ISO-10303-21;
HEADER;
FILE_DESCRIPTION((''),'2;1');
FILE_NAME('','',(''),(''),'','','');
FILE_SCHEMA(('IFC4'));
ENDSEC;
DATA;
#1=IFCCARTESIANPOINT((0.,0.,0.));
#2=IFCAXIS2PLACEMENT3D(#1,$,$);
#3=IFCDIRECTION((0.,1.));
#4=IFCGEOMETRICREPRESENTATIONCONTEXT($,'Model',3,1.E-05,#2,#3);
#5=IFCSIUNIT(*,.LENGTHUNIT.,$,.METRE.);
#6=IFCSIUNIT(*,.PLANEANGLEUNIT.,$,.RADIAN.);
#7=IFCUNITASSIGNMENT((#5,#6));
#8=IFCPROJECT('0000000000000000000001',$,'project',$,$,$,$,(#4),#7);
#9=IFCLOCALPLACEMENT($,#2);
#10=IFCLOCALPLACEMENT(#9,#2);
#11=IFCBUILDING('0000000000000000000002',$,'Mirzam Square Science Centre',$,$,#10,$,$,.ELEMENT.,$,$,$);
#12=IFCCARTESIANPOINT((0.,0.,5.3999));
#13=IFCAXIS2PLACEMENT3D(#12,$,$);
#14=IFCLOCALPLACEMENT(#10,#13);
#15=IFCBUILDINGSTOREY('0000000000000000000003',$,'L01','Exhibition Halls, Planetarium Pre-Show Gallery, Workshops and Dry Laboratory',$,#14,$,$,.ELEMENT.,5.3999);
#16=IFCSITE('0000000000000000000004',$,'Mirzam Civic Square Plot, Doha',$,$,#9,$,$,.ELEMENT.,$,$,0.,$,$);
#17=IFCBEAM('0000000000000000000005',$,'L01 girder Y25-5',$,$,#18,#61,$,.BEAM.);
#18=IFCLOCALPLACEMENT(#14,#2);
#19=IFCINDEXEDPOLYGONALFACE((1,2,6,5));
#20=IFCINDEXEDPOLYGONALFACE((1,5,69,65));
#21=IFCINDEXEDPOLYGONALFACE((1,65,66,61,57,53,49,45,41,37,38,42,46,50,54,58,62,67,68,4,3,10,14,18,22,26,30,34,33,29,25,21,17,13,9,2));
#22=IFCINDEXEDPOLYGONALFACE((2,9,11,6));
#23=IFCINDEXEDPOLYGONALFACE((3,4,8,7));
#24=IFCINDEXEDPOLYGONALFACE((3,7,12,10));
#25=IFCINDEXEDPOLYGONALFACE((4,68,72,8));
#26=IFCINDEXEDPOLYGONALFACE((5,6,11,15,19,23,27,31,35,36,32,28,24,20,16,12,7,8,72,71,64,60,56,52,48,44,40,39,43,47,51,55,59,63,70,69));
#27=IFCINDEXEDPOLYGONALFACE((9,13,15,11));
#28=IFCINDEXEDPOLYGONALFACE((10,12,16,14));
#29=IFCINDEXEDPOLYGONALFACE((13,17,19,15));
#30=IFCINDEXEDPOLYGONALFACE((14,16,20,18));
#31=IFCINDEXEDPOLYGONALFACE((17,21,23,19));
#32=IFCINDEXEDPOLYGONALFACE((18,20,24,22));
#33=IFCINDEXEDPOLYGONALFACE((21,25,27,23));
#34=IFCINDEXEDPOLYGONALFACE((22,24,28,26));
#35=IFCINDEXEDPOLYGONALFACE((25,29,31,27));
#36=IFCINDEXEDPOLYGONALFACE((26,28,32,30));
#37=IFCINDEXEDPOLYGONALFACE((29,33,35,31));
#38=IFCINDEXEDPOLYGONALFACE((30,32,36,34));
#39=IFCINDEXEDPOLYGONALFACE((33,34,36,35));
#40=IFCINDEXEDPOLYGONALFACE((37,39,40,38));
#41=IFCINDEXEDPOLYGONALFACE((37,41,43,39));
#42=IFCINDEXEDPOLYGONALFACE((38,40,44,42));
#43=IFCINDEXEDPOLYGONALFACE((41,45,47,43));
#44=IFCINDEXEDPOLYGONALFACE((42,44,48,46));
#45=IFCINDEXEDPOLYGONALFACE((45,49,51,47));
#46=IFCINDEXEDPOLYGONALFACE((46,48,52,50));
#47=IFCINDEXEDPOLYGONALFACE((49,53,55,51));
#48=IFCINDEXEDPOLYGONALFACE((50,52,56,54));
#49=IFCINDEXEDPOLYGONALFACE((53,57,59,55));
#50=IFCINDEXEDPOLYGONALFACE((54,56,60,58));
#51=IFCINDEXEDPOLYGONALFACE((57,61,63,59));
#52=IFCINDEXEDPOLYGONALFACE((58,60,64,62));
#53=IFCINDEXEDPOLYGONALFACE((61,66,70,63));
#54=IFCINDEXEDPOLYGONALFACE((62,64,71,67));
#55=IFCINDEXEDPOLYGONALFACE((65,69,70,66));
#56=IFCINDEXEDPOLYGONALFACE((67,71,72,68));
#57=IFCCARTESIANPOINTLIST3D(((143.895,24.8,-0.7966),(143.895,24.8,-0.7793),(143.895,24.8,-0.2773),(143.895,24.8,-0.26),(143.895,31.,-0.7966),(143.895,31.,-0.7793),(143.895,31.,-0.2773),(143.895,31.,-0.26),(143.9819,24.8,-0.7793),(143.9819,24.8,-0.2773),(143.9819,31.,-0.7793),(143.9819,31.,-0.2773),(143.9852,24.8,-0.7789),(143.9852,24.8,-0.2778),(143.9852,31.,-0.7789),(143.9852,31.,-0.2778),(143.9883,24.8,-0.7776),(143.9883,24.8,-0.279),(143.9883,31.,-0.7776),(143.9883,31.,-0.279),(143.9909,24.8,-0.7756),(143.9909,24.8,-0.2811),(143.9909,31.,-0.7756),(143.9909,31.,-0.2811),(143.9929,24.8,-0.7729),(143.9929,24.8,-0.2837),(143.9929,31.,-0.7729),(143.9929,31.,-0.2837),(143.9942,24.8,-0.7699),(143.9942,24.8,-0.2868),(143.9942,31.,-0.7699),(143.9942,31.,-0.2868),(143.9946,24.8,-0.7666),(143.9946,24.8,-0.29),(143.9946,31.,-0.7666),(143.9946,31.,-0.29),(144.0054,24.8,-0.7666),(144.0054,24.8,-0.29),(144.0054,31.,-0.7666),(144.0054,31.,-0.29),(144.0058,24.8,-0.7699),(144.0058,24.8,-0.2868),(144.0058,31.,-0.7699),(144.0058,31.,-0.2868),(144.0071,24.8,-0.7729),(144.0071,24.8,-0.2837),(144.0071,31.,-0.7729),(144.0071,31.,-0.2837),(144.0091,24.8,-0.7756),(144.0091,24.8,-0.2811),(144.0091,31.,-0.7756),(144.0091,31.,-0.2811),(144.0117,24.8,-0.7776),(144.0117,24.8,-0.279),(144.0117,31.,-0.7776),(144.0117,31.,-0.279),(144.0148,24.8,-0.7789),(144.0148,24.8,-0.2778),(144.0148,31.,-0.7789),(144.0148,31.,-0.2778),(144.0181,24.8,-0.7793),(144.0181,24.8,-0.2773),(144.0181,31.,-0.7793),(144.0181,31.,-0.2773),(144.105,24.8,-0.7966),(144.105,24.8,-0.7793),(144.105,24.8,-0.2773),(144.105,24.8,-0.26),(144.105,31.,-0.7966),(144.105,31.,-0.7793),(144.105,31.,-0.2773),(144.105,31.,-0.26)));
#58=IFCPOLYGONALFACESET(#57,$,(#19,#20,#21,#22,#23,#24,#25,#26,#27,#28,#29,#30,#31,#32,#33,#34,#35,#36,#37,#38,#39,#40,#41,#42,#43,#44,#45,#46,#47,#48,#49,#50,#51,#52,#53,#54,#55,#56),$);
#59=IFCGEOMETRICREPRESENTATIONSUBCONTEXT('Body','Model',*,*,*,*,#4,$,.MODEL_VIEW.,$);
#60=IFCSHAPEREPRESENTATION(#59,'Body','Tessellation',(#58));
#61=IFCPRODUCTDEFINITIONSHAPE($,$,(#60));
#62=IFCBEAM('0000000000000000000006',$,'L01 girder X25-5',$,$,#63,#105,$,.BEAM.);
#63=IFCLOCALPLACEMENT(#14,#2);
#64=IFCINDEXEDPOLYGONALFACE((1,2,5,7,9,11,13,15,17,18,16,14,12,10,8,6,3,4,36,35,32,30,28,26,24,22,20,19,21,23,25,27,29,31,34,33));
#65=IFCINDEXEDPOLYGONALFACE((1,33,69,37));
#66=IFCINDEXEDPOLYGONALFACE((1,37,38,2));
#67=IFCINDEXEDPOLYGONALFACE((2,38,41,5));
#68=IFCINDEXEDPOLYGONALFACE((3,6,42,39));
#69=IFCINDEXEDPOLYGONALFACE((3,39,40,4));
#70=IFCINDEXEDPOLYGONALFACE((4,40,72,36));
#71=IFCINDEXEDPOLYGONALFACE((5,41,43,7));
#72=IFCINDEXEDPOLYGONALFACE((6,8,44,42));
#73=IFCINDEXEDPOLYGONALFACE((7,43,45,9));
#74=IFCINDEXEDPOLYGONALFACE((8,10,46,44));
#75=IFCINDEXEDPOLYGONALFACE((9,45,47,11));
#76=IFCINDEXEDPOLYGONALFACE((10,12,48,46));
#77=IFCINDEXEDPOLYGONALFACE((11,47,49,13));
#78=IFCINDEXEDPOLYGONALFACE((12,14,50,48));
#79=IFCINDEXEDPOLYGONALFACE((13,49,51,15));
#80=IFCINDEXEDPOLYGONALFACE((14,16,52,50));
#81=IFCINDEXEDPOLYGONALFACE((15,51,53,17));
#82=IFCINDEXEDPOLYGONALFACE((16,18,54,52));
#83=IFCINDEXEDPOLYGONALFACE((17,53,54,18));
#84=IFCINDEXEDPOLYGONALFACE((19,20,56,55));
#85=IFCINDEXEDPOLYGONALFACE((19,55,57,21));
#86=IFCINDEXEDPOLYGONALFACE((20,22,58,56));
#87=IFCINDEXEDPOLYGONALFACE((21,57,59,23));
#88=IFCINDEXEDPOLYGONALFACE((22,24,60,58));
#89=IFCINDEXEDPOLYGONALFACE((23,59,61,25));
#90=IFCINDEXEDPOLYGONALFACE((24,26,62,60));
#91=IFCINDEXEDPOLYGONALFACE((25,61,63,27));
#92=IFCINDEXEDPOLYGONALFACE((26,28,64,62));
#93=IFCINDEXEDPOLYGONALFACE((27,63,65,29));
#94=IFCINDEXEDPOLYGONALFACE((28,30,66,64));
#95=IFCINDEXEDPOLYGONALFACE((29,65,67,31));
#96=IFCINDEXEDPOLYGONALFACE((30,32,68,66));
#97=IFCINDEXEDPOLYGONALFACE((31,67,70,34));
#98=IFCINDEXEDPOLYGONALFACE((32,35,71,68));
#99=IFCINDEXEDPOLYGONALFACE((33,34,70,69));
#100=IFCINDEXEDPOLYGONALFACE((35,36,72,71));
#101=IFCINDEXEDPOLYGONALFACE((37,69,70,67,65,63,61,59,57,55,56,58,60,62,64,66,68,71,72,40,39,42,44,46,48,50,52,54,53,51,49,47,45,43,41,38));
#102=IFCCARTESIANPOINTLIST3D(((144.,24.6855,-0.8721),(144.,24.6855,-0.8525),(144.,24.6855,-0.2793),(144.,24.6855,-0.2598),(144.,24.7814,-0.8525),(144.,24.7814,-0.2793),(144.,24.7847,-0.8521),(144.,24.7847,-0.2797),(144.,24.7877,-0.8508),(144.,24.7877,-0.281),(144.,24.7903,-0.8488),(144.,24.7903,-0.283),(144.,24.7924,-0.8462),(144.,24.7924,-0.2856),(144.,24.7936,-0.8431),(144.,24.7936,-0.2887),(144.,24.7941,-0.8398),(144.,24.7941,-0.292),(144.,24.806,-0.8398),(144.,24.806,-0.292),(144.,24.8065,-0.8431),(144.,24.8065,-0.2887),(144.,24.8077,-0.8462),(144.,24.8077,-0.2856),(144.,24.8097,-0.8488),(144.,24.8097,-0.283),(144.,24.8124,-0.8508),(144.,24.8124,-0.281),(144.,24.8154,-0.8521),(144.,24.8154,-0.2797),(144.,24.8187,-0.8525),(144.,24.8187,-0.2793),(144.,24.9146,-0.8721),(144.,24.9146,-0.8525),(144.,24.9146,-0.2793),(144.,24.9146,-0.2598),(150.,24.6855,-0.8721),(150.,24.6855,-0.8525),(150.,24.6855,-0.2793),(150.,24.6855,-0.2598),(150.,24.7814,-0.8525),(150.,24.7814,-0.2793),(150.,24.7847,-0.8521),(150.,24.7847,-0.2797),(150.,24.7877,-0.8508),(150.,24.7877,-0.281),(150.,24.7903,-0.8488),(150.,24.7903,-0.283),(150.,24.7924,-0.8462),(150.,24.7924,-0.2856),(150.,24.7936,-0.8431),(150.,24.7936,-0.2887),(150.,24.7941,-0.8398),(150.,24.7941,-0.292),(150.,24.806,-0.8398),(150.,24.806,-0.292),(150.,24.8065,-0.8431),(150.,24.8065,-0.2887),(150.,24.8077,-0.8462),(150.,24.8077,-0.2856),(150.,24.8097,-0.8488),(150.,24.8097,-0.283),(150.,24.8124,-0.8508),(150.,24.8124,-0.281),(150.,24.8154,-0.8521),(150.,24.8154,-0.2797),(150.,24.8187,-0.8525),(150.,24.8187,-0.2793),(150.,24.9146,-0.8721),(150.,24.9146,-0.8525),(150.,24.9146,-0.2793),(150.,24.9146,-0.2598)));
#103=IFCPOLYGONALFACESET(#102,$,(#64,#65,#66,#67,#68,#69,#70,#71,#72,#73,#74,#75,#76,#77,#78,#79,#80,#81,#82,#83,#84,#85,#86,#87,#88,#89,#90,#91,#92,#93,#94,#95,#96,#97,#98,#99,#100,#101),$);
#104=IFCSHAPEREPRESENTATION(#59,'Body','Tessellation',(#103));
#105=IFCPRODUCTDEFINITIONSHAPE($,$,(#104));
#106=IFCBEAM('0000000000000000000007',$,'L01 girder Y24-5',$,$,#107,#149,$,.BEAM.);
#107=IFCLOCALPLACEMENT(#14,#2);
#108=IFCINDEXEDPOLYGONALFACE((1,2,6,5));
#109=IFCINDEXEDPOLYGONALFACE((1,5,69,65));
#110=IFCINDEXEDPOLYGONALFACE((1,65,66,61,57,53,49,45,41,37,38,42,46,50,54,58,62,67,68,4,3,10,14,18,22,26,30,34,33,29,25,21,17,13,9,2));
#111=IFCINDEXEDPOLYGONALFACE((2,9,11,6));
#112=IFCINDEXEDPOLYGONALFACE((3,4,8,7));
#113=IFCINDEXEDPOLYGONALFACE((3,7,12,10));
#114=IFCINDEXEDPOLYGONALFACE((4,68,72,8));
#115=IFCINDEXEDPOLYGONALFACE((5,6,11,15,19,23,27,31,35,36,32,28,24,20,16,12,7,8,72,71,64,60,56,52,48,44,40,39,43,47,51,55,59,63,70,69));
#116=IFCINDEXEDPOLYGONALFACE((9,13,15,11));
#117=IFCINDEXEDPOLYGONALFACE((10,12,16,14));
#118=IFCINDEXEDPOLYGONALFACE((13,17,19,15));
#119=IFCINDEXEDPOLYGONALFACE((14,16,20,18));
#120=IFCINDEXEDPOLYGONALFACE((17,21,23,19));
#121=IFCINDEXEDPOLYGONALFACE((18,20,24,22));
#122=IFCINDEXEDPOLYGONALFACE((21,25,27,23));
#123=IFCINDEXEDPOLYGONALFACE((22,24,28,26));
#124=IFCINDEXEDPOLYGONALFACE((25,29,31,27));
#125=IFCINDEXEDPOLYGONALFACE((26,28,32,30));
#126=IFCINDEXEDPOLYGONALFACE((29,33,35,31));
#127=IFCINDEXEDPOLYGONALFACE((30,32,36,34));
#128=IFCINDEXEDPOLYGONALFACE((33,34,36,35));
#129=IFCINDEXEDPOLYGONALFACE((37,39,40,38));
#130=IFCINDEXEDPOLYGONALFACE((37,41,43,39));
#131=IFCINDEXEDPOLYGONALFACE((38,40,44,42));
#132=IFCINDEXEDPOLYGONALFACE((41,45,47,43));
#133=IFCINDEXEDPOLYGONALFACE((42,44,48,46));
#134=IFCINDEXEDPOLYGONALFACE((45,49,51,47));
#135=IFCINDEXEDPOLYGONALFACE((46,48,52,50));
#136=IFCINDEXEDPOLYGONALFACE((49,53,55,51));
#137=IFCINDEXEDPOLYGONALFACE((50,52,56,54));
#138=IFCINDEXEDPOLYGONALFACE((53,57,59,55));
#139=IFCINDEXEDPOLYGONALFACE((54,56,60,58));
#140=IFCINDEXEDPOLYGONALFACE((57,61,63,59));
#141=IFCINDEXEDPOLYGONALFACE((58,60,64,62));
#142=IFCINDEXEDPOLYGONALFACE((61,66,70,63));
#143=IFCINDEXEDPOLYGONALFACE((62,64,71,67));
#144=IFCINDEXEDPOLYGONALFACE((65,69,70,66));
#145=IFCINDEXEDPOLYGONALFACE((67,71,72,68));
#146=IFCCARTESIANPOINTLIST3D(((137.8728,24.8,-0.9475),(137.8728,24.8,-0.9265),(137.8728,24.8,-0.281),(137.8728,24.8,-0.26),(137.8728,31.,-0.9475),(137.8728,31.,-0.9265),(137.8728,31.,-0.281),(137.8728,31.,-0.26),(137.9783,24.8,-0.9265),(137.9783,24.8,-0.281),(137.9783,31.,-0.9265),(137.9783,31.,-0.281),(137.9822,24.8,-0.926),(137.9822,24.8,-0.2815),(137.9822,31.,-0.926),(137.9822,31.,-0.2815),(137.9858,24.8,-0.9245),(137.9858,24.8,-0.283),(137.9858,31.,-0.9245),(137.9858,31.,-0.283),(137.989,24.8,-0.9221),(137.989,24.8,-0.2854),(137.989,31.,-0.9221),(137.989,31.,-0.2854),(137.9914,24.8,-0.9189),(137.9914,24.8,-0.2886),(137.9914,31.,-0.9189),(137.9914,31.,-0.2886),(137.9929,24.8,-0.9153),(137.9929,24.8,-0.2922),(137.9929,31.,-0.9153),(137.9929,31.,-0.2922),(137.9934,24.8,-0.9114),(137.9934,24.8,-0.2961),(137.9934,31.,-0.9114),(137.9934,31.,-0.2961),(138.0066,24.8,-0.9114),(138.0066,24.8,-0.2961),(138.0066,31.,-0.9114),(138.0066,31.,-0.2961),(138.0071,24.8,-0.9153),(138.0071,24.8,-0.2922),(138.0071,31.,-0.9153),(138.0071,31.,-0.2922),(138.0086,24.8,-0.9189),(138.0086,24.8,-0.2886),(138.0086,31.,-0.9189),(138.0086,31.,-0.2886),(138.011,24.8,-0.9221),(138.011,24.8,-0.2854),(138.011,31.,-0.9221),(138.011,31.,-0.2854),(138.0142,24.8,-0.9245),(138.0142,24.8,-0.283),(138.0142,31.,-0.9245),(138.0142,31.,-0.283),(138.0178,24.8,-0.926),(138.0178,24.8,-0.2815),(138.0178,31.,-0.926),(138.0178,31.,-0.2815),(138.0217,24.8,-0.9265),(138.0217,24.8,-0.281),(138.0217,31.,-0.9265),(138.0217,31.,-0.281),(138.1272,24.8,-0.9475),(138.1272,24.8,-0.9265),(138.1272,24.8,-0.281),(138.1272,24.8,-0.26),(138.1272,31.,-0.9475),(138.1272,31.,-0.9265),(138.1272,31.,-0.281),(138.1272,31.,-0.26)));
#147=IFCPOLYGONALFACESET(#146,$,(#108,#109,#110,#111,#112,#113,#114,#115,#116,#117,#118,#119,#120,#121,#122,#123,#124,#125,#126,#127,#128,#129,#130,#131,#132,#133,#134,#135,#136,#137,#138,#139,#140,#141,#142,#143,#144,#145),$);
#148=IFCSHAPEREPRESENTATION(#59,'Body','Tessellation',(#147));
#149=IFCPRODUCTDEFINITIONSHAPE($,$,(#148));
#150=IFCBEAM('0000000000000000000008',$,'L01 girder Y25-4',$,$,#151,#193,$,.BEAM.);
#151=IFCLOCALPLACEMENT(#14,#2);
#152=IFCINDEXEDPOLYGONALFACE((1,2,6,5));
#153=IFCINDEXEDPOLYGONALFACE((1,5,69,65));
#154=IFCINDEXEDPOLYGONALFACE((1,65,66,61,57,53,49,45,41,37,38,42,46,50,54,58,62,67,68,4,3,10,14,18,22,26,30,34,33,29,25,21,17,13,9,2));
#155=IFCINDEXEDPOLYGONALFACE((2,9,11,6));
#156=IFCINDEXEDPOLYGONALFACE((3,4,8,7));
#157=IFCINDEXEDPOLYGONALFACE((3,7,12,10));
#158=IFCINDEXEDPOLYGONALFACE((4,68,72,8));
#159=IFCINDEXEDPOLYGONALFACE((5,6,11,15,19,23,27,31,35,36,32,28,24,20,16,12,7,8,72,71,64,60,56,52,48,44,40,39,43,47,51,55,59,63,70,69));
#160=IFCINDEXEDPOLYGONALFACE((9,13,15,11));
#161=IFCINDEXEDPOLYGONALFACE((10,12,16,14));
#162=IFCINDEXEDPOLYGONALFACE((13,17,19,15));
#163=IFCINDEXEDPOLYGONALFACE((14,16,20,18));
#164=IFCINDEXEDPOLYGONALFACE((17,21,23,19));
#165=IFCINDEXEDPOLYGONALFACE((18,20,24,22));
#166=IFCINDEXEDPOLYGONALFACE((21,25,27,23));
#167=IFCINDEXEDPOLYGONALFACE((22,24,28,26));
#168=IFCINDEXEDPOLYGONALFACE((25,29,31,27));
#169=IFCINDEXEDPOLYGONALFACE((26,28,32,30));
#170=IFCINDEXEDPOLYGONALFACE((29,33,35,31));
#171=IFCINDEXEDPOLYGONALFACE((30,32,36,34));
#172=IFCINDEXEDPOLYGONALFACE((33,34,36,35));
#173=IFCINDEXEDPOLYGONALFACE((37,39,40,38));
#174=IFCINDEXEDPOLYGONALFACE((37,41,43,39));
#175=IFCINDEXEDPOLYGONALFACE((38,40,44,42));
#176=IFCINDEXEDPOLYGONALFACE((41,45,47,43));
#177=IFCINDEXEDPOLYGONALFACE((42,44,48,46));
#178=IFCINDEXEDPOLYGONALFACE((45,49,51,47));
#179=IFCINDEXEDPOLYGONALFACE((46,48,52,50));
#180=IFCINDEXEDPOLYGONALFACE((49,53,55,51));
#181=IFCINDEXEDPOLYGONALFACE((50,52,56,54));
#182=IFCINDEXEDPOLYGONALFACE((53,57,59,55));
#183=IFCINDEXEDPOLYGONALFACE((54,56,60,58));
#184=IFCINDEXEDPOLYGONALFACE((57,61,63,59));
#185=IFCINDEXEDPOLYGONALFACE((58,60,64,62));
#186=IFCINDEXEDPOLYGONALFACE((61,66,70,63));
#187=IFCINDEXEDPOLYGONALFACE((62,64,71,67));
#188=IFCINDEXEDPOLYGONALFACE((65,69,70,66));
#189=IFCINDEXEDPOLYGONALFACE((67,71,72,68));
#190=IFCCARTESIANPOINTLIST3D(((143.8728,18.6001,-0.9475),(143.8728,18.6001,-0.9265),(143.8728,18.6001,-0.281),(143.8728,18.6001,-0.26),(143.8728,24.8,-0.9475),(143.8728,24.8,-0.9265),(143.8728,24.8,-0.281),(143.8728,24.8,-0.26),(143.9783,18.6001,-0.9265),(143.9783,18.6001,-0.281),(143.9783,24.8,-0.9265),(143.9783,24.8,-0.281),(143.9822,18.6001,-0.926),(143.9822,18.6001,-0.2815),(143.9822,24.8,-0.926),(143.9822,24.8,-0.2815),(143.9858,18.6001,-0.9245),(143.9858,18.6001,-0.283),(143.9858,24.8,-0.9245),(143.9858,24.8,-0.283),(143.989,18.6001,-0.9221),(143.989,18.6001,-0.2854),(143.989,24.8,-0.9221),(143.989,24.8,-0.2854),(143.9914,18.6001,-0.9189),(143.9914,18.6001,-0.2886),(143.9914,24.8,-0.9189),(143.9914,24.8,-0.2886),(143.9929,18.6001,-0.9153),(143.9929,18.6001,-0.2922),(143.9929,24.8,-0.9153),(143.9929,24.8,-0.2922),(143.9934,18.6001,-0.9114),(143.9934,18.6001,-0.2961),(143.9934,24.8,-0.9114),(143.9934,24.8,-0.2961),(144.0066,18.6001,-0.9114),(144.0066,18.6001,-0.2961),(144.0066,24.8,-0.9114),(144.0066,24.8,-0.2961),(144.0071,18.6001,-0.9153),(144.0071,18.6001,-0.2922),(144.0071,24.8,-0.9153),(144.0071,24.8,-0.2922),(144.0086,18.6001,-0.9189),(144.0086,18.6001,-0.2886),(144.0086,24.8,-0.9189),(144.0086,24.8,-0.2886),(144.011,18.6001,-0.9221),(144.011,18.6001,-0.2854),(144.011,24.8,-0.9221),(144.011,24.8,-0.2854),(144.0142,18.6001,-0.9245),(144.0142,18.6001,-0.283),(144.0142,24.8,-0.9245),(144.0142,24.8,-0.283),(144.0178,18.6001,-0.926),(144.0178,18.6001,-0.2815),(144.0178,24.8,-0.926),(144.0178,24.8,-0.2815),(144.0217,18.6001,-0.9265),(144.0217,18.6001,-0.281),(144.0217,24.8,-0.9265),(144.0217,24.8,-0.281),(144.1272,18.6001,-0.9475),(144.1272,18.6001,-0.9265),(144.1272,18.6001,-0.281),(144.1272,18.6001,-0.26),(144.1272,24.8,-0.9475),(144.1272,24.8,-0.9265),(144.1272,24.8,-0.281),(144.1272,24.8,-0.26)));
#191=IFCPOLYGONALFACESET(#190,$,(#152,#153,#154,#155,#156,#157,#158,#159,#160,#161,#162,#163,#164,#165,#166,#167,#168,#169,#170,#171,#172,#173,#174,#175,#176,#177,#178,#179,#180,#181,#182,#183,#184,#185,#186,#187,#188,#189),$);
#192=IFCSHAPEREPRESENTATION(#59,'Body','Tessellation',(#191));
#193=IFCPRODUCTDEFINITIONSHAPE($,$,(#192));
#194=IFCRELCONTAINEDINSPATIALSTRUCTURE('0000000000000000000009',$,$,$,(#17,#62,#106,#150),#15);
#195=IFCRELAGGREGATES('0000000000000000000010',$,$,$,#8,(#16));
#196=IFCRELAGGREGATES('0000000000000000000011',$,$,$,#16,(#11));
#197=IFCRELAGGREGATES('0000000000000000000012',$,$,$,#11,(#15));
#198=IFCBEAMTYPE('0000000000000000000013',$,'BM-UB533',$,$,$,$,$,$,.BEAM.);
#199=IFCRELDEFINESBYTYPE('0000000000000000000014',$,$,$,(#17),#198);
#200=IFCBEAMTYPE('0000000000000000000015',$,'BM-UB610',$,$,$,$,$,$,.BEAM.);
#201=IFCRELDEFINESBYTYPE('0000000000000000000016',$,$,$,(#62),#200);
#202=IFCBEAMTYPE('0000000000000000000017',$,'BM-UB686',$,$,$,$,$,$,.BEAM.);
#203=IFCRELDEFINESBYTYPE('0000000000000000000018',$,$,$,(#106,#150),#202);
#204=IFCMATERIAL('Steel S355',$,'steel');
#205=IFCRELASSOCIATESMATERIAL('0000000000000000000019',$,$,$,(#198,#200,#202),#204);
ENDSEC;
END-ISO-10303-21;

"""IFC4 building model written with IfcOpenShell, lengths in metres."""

from ifc_helpers import new_model, si_unit, direction, frame, origin, origin_2d, place, context, subcontext, project, spatial, i_section, extrude, material, material_profile, profile_set, type_object, element, save


model = new_model("IFC4")

# Units and contexts
model_context = context("Model", 3, precision=1e-05, world=origin(), true_north=direction((0.0, 1.0)))
body_context = subcontext(model_context, "Body", "Model", "MODEL_VIEW")
ifc_project = project(units=[si_unit("LENGTHUNIT", "METRE"), si_unit("PLANEANGLEUNIT", "RADIAN")], contexts=[model_context])

# Site, building, storey
site_placement = place(None, origin())
site = spatial("IfcSite", under=ifc_project, at=site_placement, Name="Mirzam Civic Square Plot, Doha", CompositionType="ELEMENT", RefElevation=0.0)
building_placement = place(site_placement, origin())
building = spatial("IfcBuilding", under=site, at=building_placement, Name="Mirzam Square Science Centre", CompositionType="ELEMENT")
storey_placement = place(building_placement, frame((0.0, 0.0, 5.3999)))
storey = spatial("IfcBuildingStorey", under=building, at=storey_placement, Name="L01", Description="Exhibition Halls, Planetarium Pre-Show Gallery, Workshops and Dry Laboratory", CompositionType="ELEMENT", Elevation=5.3999)

# Shared definitions
ifc_material_1 = material(Name="Steel S355", Category="steel")

# Beams
ifc_material_profile_1 = material_profile(ifc_material_1, i_section(OverallWidth=0.21, OverallDepth=0.5366, WebThickness=0.0107, FlangeThickness=0.0173, FilletRadius=0.0127, at=origin_2d()), Name="533x210x101UB")
ifc_profile_set_1 = profile_set([ifc_material_profile_1], Name="Steel S355")
beam_type_1 = type_object("IfcBeamType", Name="BM-UB533", PredefinedType="BEAM", material=ifc_profile_set_1)
beam_1_placement = place(storey_placement, frame((144.0, 24.8, -0.5283), z_axis=(0.0, 1.0, 0.0), x_axis=(-1.0, 0.0, 0.0)))
element("IfcBeam", 1, at=beam_1_placement, inside=storey, type_object=beam_type_1, Name="L01 girder Y25-5", PredefinedType="BEAM", context=body_context, shape_type="SweptSolid", body=[
    extrude(i_section(OverallWidth=0.21, OverallDepth=0.5366, WebThickness=0.0107, FlangeThickness=0.0173, FilletRadius=0.0127, at=origin_2d()), origin(), (0.0, 0.0, 1.0), 6.2),
])
ifc_material_profile_2 = material_profile(ifc_material_1, i_section(OverallWidth=0.229, OverallDepth=0.6123, WebThickness=0.012, FlangeThickness=0.0195, FilletRadius=0.0127, at=origin_2d()), Name="610x229x125UB")
ifc_profile_set_2 = profile_set([ifc_material_profile_2], Name="Steel S355")
beam_type_2 = type_object("IfcBeamType", Name="BM-UB610", PredefinedType="BEAM", material=ifc_profile_set_2)
beam_2_placement = place(storey_placement, frame((144.0, 24.8, -0.5659), z_axis=(1.0, 0.0, 0.0), x_axis=(0.0, 1.0, 0.0)))
element("IfcBeam", 2, at=beam_2_placement, inside=storey, type_object=beam_type_2, Name="L01 girder X25-5", PredefinedType="BEAM", context=body_context, shape_type="SweptSolid", body=[
    extrude(i_section(OverallWidth=0.229, OverallDepth=0.6123, WebThickness=0.012, FlangeThickness=0.0195, FilletRadius=0.0127, at=origin_2d()), origin(), (0.0, 0.0, 1.0), 6.0),
])
ifc_material_profile_3 = material_profile(ifc_material_1, i_section(OverallWidth=0.2544, OverallDepth=0.6875, WebThickness=0.0132, FlangeThickness=0.021, FilletRadius=0.0151, at=origin_2d()), Name="686x254x152UB")
ifc_profile_set_3 = profile_set([ifc_material_profile_3], Name="Steel S355")
beam_type_3 = type_object("IfcBeamType", Name="BM-UB686", PredefinedType="BEAM", material=ifc_profile_set_3)
for number, where, z_axis, x_axis, name in (
    (3, (138.0, 24.8, -0.6038), (0.0, 1.0, 0.0), (-1.0, 0.0, 0.0), "L01 girder Y24-5"),
    (4, (144.0, 18.6001, -0.6038), (0.0, 1.0, 0.0), (-1.0, 0.0, 0.0), "L01 girder Y25-4"),
):
    element("IfcBeam", number, at=place(storey_placement, frame(where, z_axis=z_axis, x_axis=x_axis)), inside=storey, type_object=beam_type_3, Name=name, PredefinedType="BEAM", context=body_context, shape_type="SweptSolid", body=[
        extrude(i_section(OverallWidth=0.2544, OverallDepth=0.6875, WebThickness=0.0132, FlangeThickness=0.021, FilletRadius=0.0151, at=origin_2d()), origin(), (0.0, 0.0, 1.0), 6.2),
    ])

save(model, "model.ifc")
